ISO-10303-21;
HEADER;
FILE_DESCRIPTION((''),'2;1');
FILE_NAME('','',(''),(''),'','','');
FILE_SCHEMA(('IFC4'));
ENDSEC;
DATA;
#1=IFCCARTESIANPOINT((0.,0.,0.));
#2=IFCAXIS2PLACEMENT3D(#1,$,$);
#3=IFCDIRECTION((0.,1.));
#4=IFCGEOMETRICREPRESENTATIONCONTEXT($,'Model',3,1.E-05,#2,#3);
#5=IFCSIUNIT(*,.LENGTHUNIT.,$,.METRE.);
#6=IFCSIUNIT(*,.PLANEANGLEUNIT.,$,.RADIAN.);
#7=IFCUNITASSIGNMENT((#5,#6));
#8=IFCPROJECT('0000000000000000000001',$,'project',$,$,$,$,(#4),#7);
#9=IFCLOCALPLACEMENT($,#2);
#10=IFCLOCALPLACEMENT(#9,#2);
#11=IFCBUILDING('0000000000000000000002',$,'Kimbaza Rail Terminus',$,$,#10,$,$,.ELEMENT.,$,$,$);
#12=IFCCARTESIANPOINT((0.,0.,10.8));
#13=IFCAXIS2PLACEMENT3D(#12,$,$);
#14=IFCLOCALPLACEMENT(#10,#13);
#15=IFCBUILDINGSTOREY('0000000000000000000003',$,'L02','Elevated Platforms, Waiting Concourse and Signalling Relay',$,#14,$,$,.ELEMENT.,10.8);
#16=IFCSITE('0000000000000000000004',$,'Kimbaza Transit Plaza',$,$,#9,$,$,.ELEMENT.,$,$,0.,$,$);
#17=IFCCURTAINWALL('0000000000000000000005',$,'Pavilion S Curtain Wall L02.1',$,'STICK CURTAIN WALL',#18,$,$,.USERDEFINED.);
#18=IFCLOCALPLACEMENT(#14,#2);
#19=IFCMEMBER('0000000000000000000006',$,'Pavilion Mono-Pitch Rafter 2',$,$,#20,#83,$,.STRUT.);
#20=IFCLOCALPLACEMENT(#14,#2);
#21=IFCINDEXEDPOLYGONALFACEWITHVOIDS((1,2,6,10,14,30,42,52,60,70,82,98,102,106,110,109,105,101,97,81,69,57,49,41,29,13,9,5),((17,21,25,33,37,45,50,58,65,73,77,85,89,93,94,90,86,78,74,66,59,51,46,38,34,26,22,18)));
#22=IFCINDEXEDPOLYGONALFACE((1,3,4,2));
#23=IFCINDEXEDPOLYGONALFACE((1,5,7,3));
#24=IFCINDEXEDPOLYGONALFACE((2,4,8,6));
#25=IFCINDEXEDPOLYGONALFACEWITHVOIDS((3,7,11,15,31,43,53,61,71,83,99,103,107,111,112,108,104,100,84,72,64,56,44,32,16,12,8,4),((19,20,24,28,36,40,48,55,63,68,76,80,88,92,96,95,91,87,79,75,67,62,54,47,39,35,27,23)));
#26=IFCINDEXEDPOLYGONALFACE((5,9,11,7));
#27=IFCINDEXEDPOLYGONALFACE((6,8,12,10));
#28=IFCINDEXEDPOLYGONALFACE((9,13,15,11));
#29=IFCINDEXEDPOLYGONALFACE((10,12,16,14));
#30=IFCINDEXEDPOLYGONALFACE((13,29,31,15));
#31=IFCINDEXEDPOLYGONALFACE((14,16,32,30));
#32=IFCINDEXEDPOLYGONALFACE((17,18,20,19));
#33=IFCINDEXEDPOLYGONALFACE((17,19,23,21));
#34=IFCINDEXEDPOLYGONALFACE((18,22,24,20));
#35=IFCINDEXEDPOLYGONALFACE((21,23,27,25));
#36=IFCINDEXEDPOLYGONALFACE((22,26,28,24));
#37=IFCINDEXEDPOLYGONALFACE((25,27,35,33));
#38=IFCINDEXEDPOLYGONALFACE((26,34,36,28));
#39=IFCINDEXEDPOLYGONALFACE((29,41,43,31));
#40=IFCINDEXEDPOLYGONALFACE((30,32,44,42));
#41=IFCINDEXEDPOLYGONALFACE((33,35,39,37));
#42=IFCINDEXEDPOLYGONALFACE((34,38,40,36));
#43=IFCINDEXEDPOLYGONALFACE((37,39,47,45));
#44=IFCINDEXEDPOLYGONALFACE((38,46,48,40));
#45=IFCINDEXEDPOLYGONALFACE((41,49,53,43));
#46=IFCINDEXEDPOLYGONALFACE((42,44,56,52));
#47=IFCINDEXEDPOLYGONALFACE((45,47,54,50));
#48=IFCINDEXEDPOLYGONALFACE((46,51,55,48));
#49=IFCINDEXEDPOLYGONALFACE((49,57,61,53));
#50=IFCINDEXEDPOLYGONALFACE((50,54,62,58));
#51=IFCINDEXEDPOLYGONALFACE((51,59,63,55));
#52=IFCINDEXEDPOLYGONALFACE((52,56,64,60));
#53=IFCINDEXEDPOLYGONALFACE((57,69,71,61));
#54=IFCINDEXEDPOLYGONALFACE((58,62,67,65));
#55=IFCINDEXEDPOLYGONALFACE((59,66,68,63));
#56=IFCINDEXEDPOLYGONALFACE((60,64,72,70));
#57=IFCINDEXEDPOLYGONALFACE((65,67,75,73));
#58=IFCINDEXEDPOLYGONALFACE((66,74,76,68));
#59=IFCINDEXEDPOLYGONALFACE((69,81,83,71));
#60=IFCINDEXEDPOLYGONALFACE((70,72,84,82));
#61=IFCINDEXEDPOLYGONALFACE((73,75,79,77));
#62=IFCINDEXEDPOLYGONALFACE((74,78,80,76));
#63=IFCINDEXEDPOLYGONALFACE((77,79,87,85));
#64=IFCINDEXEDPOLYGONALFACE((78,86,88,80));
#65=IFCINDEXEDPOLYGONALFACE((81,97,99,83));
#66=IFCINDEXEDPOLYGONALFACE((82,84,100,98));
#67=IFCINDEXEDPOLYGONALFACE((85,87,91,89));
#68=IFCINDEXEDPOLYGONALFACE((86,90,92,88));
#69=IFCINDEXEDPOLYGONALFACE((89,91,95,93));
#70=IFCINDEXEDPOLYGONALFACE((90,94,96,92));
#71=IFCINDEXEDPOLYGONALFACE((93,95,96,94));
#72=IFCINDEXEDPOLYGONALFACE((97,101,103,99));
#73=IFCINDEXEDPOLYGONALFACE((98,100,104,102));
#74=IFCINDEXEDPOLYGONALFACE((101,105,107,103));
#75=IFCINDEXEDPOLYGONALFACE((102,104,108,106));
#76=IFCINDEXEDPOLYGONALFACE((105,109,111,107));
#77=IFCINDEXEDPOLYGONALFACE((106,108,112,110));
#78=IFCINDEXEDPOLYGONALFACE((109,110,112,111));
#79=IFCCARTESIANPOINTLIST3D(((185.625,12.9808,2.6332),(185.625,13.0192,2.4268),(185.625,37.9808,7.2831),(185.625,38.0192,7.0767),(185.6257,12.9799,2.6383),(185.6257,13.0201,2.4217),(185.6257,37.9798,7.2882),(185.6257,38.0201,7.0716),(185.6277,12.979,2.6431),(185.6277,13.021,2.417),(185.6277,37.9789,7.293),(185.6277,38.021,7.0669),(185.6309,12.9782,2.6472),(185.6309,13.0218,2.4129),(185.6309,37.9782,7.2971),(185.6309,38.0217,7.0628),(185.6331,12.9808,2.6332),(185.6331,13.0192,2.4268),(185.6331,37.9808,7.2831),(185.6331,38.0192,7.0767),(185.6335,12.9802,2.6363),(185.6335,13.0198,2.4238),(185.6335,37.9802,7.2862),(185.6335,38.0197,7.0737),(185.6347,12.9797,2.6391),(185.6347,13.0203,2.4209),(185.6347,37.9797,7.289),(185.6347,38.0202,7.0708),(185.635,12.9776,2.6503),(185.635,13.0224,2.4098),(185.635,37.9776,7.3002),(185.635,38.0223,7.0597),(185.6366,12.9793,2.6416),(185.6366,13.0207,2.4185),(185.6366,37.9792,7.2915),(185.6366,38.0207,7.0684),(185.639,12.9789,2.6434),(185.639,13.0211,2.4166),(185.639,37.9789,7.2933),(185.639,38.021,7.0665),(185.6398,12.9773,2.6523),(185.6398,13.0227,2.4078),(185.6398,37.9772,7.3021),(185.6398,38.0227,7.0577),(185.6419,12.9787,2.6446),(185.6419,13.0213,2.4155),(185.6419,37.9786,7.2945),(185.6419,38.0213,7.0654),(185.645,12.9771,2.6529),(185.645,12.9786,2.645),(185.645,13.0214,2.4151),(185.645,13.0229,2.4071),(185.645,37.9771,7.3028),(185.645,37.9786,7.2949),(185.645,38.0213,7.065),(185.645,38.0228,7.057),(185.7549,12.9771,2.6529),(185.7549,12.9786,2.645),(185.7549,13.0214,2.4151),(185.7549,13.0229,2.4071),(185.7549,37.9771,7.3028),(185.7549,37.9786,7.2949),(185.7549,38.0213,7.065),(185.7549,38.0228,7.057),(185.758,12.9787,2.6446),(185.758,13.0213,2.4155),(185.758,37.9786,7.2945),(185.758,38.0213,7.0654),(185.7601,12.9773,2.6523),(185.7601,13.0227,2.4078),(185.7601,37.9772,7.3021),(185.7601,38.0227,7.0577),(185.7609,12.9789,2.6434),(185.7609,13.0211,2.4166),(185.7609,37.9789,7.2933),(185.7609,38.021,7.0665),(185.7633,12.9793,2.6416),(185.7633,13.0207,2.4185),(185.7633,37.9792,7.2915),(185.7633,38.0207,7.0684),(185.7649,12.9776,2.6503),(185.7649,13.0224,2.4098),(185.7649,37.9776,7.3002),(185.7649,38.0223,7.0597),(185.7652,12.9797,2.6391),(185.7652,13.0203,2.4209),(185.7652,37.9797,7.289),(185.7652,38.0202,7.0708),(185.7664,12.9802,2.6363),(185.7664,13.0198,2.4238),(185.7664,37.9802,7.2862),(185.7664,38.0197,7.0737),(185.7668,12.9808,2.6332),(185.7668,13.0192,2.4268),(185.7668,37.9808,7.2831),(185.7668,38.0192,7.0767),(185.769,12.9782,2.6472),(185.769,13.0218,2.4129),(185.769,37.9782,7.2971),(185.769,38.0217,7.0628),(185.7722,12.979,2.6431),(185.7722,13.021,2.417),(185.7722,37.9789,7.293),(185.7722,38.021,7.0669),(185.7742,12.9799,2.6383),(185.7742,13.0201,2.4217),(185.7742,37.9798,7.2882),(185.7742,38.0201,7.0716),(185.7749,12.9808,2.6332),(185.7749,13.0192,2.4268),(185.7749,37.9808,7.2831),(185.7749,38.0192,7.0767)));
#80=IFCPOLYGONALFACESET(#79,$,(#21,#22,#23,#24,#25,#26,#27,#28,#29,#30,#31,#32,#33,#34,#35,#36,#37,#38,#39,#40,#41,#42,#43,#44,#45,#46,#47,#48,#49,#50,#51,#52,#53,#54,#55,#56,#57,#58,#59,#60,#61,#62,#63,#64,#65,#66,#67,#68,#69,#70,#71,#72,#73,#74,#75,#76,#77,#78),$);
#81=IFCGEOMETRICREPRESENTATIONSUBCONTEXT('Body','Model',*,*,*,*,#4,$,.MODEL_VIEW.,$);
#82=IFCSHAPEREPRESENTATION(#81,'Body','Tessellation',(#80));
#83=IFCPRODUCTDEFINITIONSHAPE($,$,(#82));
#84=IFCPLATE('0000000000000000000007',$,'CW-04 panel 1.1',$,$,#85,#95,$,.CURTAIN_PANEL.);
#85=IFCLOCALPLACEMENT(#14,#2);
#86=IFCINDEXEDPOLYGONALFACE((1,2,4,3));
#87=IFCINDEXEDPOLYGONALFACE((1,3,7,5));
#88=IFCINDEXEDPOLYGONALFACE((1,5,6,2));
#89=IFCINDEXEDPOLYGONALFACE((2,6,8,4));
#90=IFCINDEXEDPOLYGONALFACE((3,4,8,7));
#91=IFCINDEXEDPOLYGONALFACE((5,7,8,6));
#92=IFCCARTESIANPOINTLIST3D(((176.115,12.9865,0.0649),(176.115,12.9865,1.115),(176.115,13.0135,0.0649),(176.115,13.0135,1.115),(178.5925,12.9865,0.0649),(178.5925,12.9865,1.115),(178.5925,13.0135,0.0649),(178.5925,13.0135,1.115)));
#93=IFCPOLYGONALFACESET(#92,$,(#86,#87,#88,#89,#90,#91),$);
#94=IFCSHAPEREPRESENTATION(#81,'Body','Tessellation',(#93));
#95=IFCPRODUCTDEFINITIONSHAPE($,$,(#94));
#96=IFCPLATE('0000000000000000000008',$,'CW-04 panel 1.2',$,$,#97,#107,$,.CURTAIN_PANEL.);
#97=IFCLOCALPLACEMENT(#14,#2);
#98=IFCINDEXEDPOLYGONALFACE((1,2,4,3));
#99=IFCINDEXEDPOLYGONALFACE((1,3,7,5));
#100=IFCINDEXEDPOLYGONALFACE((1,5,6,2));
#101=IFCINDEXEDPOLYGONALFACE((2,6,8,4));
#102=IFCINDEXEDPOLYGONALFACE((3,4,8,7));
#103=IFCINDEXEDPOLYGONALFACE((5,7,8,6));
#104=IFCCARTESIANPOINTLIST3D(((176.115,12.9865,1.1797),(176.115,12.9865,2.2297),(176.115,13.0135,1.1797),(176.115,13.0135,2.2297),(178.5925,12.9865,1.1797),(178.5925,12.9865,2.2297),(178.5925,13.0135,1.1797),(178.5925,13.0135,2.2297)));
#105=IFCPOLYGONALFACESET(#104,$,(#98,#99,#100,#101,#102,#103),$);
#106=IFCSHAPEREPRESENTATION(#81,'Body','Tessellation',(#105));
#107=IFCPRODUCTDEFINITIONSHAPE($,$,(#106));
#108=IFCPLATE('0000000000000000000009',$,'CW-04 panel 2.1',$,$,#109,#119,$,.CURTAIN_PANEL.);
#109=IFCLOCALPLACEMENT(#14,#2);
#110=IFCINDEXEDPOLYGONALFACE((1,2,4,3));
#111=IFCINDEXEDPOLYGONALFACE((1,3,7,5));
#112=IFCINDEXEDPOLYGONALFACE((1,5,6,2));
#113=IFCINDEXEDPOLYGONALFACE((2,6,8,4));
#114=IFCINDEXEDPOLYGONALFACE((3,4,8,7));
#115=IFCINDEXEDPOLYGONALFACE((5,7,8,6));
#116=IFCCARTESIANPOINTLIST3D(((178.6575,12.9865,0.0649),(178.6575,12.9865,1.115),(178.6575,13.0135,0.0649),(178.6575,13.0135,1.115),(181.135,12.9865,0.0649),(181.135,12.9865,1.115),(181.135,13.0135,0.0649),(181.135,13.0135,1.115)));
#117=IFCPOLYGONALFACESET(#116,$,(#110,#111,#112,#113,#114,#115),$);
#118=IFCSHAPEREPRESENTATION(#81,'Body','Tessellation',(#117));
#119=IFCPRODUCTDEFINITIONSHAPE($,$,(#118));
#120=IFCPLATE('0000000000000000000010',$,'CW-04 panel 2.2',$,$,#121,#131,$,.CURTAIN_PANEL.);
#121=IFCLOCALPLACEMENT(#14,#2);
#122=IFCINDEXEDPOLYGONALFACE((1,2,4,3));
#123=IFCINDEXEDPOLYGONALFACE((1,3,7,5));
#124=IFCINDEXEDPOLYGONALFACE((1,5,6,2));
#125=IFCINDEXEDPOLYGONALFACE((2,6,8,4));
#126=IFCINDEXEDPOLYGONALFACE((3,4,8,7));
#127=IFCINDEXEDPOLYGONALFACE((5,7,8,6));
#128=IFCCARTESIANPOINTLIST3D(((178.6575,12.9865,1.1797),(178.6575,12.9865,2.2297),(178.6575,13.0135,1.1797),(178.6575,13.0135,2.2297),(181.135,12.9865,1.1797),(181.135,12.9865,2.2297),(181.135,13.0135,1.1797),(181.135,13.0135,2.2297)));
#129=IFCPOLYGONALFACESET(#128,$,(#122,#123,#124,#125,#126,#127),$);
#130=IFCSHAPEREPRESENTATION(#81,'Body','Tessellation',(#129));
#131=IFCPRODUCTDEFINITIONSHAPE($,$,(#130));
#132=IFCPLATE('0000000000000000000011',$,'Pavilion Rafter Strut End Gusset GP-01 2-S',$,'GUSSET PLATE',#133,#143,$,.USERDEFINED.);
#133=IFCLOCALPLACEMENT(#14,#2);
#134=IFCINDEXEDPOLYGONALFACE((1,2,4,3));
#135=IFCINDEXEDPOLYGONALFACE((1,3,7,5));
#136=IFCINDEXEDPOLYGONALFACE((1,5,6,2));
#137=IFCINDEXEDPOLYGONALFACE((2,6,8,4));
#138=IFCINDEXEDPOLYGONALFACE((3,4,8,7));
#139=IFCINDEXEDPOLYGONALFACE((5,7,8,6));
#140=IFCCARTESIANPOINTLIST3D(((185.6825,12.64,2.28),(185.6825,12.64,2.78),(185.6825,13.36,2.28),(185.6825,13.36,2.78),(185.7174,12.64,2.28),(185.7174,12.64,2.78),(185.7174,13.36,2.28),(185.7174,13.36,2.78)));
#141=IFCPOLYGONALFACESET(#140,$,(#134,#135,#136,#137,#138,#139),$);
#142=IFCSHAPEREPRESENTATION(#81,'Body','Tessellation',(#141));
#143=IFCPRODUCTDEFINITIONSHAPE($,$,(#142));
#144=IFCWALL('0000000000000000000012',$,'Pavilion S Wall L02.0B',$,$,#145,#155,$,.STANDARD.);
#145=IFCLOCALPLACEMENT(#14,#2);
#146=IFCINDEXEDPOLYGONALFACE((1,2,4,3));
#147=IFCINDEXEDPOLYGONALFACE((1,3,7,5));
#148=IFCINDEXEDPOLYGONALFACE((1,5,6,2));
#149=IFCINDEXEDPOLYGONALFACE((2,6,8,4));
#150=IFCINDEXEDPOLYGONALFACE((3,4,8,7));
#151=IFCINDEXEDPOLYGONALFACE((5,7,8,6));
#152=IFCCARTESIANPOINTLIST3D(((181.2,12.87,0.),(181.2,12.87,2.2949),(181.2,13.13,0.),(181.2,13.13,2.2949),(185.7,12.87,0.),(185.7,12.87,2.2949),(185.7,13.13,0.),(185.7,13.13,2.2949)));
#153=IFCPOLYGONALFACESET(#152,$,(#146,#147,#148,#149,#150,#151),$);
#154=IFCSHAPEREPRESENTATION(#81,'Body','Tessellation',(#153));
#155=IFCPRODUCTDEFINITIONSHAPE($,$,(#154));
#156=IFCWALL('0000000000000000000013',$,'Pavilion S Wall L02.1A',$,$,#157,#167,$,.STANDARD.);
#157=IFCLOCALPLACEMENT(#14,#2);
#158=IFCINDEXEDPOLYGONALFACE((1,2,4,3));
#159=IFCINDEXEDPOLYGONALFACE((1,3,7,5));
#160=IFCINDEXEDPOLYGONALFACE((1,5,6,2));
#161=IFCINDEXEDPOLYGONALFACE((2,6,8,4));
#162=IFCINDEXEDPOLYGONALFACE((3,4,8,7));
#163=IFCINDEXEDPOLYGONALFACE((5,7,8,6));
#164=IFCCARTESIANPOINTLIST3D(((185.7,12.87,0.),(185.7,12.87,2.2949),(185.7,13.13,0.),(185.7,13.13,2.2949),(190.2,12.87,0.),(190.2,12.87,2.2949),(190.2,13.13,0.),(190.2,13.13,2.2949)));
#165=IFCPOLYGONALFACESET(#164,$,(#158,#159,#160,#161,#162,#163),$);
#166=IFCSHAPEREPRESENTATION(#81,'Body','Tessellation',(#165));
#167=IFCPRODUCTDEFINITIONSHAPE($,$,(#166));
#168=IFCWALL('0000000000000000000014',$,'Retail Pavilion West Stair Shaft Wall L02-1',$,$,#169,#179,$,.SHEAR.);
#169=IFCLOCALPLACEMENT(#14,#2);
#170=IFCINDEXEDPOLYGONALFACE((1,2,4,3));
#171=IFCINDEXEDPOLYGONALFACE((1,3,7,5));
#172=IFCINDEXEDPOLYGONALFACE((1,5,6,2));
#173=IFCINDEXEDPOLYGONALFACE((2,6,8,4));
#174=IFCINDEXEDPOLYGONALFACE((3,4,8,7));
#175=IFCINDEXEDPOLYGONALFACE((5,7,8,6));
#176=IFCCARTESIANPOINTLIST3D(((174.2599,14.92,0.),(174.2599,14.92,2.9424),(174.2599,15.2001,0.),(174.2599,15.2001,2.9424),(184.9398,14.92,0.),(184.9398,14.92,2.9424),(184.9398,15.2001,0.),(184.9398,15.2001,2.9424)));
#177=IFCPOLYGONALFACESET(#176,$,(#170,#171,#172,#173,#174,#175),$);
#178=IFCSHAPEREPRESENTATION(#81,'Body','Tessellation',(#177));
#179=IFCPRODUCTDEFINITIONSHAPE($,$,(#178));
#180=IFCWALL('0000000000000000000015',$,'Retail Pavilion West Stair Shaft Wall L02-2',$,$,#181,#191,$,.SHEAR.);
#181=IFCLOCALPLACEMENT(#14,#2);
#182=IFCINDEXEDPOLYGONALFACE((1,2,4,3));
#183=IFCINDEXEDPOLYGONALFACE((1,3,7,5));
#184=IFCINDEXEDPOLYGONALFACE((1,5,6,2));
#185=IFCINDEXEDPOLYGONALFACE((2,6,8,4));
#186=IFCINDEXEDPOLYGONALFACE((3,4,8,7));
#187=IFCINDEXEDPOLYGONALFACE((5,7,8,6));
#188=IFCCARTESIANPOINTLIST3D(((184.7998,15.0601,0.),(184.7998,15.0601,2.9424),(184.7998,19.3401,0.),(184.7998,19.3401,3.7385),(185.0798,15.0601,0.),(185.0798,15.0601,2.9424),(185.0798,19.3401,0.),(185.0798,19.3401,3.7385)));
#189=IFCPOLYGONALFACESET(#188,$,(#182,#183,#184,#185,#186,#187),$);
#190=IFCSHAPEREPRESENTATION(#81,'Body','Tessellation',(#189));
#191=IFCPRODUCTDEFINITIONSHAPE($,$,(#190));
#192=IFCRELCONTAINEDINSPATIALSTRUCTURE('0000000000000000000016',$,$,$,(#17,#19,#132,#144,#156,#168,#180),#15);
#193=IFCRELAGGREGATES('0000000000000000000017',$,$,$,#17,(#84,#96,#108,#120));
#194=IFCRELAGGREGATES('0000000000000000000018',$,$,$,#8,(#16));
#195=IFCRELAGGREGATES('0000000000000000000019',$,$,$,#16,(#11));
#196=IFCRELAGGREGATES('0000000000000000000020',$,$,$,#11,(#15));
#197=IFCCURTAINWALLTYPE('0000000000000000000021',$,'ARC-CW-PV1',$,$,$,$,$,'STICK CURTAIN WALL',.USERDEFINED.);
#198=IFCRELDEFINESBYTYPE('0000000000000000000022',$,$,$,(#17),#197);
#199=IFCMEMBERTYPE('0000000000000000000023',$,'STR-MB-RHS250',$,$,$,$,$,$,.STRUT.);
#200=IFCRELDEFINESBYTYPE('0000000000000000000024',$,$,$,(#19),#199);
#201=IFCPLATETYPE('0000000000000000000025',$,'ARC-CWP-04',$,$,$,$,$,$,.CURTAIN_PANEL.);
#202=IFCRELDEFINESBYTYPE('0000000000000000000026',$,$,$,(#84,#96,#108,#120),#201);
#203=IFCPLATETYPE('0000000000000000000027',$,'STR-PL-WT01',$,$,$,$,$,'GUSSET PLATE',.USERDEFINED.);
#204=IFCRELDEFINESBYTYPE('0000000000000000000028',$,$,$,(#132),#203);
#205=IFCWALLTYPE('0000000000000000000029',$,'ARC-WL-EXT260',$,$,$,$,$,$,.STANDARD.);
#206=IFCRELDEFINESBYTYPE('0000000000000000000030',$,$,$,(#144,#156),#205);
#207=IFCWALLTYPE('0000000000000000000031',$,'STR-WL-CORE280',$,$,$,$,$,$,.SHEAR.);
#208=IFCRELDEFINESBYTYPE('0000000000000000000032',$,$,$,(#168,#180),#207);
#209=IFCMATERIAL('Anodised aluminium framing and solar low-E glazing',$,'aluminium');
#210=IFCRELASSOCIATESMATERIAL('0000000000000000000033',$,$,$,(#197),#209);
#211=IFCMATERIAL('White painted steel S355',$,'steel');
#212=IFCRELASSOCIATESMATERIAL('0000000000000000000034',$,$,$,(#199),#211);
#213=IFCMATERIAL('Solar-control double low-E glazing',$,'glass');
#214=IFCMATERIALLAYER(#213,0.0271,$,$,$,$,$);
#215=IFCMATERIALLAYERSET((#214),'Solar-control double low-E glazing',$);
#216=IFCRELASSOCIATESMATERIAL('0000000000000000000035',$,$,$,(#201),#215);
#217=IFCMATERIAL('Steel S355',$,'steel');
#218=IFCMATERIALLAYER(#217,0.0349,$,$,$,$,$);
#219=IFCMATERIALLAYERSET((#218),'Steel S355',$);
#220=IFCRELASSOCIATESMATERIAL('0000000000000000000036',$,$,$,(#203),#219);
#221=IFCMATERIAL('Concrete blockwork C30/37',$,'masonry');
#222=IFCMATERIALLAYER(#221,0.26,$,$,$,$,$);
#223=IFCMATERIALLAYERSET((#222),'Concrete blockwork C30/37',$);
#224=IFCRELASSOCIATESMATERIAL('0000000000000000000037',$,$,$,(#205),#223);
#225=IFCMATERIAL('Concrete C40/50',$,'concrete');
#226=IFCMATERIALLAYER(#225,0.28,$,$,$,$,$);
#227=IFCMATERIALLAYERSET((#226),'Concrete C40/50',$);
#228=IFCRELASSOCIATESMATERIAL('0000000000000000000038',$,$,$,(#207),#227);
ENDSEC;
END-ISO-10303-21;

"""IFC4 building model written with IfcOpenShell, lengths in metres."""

from ifc_helpers import new_model, si_unit, direction, frame, frame_2d, origin, origin_2d, place, context, subcontext, project, spatial, polyline, rectangle, hollow_rectangle, outline, extrude, material, layer, layer_set, material_profile, profile_set, type_object, element, aggregate, save


model = new_model("IFC4")

# Units and contexts
model_context = context("Model", 3, precision=1e-05, world=origin(), true_north=direction((0.0, 1.0)))
body_context = subcontext(model_context, "Body", "Model", "MODEL_VIEW")
ifc_project = project(units=[si_unit("LENGTHUNIT", "METRE"), si_unit("PLANEANGLEUNIT", "RADIAN")], contexts=[model_context])

# Site, building, storey
site_placement = place(None, origin())
site = spatial("IfcSite", under=ifc_project, at=site_placement, Name="Kimbaza Transit Plaza", CompositionType="ELEMENT", RefElevation=0.0)
building_placement = place(site_placement, origin())
building = spatial("IfcBuilding", under=site, at=building_placement, Name="Kimbaza Rail Terminus", CompositionType="ELEMENT")
storey_placement = place(building_placement, frame((0.0, 0.0, 10.8)))
storey = spatial("IfcBuildingStorey", under=building, at=storey_placement, Name="L02", Description="Elevated Platforms, Waiting Concourse and Signalling Relay", CompositionType="ELEMENT", Elevation=10.8)

# Curtain wall
ifc_material_1 = material(Name="Anodised aluminium framing and solar low-E glazing", Category="aluminium")
curtain_wall_type = type_object("IfcCurtainWallType", Name="ARC-CW-PV1", ElementType="STICK CURTAIN WALL", PredefinedType="USERDEFINED", material=ifc_material_1)
curtain_wall_placement = place(storey_placement, origin())
curtain_wall = element("IfcCurtainWall", 1, at=curtain_wall_placement, inside=storey, type_object=curtain_wall_type, Name="Pavilion S Curtain Wall L02.1", ObjectType="STICK CURTAIN WALL", PredefinedType="USERDEFINED")

# Member
ifc_material_2 = material(Name="White painted steel S355", Category="steel")
ifc_material_profile_1 = material_profile(ifc_material_2, hollow_rectangle(XDim=0.1499, YDim=0.25, WallThickness=0.0081, InnerFilletRadius=0.012, OuterFilletRadius=0.02, at=origin_2d()), Name="RHS 250x150x8")
ifc_profile_set_1 = profile_set([ifc_material_profile_1], Name="White painted steel S355")
member_type_1 = type_object("IfcMemberType", Name="STR-MB-RHS250", PredefinedType="STRUT", material=ifc_profile_set_1)
member_1_placement = place(storey_placement, frame((185.7, 13.0, 2.53), z_axis=(0.0, 0.983139, 0.18286), x_axis=(-1.0, 0.0, 0.0)))
element("IfcMember", 2, at=member_1_placement, inside=storey, type_object=member_type_1, Name="Pavilion Mono-Pitch Rafter 2", PredefinedType="STRUT", context=body_context, shape_type="SweptSolid", body=[
    extrude(hollow_rectangle(XDim=0.1499, YDim=0.25, WallThickness=0.0081, InnerFilletRadius=0.012, OuterFilletRadius=0.02, at=origin_2d()), origin(), (0.0, 0.0, 1.0), 25.4287),
])

# Plates
ifc_material_3 = material(Name="Solar-control double low-E glazing", Category="glass")
ifc_layer_1 = layer(ifc_material_3, 0.0271)
ifc_layer_set_1 = layer_set([ifc_layer_1], Name="Solar-control double low-E glazing")
plate_type_1 = type_object("IfcPlateType", Name="ARC-CWP-04", PredefinedType="CURTAIN_PANEL", material=ifc_layer_set_1)
plate_1_placement = place(storey_placement, frame((177.3538, 13.0, 0.0649), z_axis=(0.0, 0.0, 1.0), x_axis=(1.0, 0.0, 0.0)))
plate_1 = element("IfcPlate", 3, at=plate_1_placement, type_object=plate_type_1, Name="CW-04 panel 1.1", PredefinedType="CURTAIN_PANEL", context=body_context, shape_type="SweptSolid", body=[
    extrude(rectangle(XDim=2.4775, YDim=0.0271, at=origin_2d()), origin(), (0.0, 0.0, 1.0), 1.05),
])
plate_2_placement = place(storey_placement, frame((177.3538, 13.0, 1.1797), z_axis=(0.0, 0.0, 1.0), x_axis=(1.0, 0.0, 0.0)))
plate_2 = element("IfcPlate", 4, at=plate_2_placement, type_object=plate_type_1, Name="CW-04 panel 1.2", PredefinedType="CURTAIN_PANEL", context=body_context, shape_type="SweptSolid", body=[
    extrude(rectangle(XDim=2.4775, YDim=0.0271, at=origin_2d()), origin(), (0.0, 0.0, 1.0), 1.05),
])
plate_3_placement = place(storey_placement, frame((179.8962, 13.0, 0.0649), z_axis=(0.0, 0.0, 1.0), x_axis=(1.0, 0.0, 0.0)))
plate_3 = element("IfcPlate", 5, at=plate_3_placement, type_object=plate_type_1, Name="CW-04 panel 2.1", PredefinedType="CURTAIN_PANEL", context=body_context, shape_type="SweptSolid", body=[
    extrude(rectangle(XDim=2.4775, YDim=0.0271, at=origin_2d()), origin(), (0.0, 0.0, 1.0), 1.05),
])
plate_4_placement = place(storey_placement, frame((179.8962, 13.0, 1.1797), z_axis=(0.0, 0.0, 1.0), x_axis=(1.0, 0.0, 0.0)))
plate_4 = element("IfcPlate", 6, at=plate_4_placement, type_object=plate_type_1, Name="CW-04 panel 2.2", PredefinedType="CURTAIN_PANEL", context=body_context, shape_type="SweptSolid", body=[
    extrude(rectangle(XDim=2.4775, YDim=0.0271, at=origin_2d()), origin(), (0.0, 0.0, 1.0), 1.05),
])
aggregate(curtain_wall, [plate_1, plate_2, plate_3, plate_4])
ifc_material_4 = material(Name="Steel S355", Category="steel")
ifc_layer_2 = layer(ifc_material_4, 0.0349)
ifc_layer_set_2 = layer_set([ifc_layer_2], Name="Steel S355")
plate_type_2 = type_object("IfcPlateType", Name="STR-PL-WT01", ElementType="GUSSET PLATE", PredefinedType="USERDEFINED", material=ifc_layer_set_2)
plate_5_placement = place(storey_placement, frame((185.7, 13.0, 2.28), z_axis=(0.0, 0.0, 1.0), x_axis=(1.0, 0.0, 0.0)))
element("IfcPlate", 7, at=plate_5_placement, inside=storey, type_object=plate_type_2, Name="Pavilion Rafter Strut End Gusset GP-01 2-S", ObjectType="GUSSET PLATE", PredefinedType="USERDEFINED", context=body_context, shape_type="SweptSolid", body=[
    extrude(rectangle(XDim=0.0349, YDim=0.72, at=origin_2d()), origin(), (0.0, 0.0, 1.0), 0.5),
])

# Walls
ifc_material_5 = material(Name="Concrete blockwork C30/37", Category="masonry")
ifc_layer_3 = layer(ifc_material_5, 0.26)
ifc_layer_set_3 = layer_set([ifc_layer_3], Name="Concrete blockwork C30/37")
wall_type_1 = type_object("IfcWallType", Name="ARC-WL-EXT260", PredefinedType="STANDARD", material=ifc_layer_set_3)
for number, where, z_axis, x_axis, name in (
    (8, (181.2, 13.0, 0.0), (0.0, 0.0, 1.0), (1.0, 0.0, 0.0), "Pavilion S Wall L02.0B"),
    (9, (185.7, 13.0, 0.0), (0.0, 0.0, 1.0), (1.0, 0.0, 0.0), "Pavilion S Wall L02.1A"),
):
    element("IfcWall", number, at=place(storey_placement, frame(where, z_axis=z_axis, x_axis=x_axis)), inside=storey, type_object=wall_type_1, Name=name, PredefinedType="STANDARD", context=body_context, shape_type="SweptSolid", body=[
        extrude(rectangle(XDim=4.5, YDim=0.26, at=frame_2d((2.25, 0.0))), origin(), (0.0, 0.0, 1.0), 2.2949),
    ])
ifc_material_6 = material(Name="Concrete C40/50", Category="concrete")
ifc_layer_4 = layer(ifc_material_6, 0.28)
ifc_layer_set_4 = layer_set([ifc_layer_4], Name="Concrete C40/50")
wall_type_2 = type_object("IfcWallType", Name="STR-WL-CORE280", PredefinedType="SHEAR", material=ifc_layer_set_4)
wall_1_placement = place(storey_placement, frame((174.26, 15.0601, 0.0), z_axis=(0.0, 0.0, 1.0), x_axis=(1.0, 0.0, 0.0)))
element("IfcWall", 10, at=wall_1_placement, inside=storey, type_object=wall_type_2, Name="Retail Pavilion West Stair Shaft Wall L02-1", PredefinedType="SHEAR", context=body_context, shape_type="SweptSolid", body=[
    extrude(rectangle(XDim=10.6799, YDim=0.28, at=frame_2d((5.3398, 0.0))), origin(), (0.0, 0.0, 1.0), 2.9424),
])
wall_2_placement = place(storey_placement, frame((184.9399, 15.0601, 0.0), z_axis=(0.0, 0.0, 1.0), x_axis=(0.0, 1.0, 0.0)))
element("IfcWall", 11, at=wall_2_placement, inside=storey, type_object=wall_type_2, Name="Retail Pavilion West Stair Shaft Wall L02-2", PredefinedType="SHEAR", context=body_context, shape_type="SweptSolid", body=[
    extrude(outline(polyline([(0.0, 0.0), (4.28, 0.0), (4.28, 3.7385), (0.0, 2.9424), (0.0, 0.0)])), frame((0.0, 0.1401, 0.0), z_axis=(0.0, -1.0, 0.0), x_axis=(1.0, 0.0, 0.0)), (0.0, 0.0, 1.0), 0.28),
])

save(model, "model.ifc")
